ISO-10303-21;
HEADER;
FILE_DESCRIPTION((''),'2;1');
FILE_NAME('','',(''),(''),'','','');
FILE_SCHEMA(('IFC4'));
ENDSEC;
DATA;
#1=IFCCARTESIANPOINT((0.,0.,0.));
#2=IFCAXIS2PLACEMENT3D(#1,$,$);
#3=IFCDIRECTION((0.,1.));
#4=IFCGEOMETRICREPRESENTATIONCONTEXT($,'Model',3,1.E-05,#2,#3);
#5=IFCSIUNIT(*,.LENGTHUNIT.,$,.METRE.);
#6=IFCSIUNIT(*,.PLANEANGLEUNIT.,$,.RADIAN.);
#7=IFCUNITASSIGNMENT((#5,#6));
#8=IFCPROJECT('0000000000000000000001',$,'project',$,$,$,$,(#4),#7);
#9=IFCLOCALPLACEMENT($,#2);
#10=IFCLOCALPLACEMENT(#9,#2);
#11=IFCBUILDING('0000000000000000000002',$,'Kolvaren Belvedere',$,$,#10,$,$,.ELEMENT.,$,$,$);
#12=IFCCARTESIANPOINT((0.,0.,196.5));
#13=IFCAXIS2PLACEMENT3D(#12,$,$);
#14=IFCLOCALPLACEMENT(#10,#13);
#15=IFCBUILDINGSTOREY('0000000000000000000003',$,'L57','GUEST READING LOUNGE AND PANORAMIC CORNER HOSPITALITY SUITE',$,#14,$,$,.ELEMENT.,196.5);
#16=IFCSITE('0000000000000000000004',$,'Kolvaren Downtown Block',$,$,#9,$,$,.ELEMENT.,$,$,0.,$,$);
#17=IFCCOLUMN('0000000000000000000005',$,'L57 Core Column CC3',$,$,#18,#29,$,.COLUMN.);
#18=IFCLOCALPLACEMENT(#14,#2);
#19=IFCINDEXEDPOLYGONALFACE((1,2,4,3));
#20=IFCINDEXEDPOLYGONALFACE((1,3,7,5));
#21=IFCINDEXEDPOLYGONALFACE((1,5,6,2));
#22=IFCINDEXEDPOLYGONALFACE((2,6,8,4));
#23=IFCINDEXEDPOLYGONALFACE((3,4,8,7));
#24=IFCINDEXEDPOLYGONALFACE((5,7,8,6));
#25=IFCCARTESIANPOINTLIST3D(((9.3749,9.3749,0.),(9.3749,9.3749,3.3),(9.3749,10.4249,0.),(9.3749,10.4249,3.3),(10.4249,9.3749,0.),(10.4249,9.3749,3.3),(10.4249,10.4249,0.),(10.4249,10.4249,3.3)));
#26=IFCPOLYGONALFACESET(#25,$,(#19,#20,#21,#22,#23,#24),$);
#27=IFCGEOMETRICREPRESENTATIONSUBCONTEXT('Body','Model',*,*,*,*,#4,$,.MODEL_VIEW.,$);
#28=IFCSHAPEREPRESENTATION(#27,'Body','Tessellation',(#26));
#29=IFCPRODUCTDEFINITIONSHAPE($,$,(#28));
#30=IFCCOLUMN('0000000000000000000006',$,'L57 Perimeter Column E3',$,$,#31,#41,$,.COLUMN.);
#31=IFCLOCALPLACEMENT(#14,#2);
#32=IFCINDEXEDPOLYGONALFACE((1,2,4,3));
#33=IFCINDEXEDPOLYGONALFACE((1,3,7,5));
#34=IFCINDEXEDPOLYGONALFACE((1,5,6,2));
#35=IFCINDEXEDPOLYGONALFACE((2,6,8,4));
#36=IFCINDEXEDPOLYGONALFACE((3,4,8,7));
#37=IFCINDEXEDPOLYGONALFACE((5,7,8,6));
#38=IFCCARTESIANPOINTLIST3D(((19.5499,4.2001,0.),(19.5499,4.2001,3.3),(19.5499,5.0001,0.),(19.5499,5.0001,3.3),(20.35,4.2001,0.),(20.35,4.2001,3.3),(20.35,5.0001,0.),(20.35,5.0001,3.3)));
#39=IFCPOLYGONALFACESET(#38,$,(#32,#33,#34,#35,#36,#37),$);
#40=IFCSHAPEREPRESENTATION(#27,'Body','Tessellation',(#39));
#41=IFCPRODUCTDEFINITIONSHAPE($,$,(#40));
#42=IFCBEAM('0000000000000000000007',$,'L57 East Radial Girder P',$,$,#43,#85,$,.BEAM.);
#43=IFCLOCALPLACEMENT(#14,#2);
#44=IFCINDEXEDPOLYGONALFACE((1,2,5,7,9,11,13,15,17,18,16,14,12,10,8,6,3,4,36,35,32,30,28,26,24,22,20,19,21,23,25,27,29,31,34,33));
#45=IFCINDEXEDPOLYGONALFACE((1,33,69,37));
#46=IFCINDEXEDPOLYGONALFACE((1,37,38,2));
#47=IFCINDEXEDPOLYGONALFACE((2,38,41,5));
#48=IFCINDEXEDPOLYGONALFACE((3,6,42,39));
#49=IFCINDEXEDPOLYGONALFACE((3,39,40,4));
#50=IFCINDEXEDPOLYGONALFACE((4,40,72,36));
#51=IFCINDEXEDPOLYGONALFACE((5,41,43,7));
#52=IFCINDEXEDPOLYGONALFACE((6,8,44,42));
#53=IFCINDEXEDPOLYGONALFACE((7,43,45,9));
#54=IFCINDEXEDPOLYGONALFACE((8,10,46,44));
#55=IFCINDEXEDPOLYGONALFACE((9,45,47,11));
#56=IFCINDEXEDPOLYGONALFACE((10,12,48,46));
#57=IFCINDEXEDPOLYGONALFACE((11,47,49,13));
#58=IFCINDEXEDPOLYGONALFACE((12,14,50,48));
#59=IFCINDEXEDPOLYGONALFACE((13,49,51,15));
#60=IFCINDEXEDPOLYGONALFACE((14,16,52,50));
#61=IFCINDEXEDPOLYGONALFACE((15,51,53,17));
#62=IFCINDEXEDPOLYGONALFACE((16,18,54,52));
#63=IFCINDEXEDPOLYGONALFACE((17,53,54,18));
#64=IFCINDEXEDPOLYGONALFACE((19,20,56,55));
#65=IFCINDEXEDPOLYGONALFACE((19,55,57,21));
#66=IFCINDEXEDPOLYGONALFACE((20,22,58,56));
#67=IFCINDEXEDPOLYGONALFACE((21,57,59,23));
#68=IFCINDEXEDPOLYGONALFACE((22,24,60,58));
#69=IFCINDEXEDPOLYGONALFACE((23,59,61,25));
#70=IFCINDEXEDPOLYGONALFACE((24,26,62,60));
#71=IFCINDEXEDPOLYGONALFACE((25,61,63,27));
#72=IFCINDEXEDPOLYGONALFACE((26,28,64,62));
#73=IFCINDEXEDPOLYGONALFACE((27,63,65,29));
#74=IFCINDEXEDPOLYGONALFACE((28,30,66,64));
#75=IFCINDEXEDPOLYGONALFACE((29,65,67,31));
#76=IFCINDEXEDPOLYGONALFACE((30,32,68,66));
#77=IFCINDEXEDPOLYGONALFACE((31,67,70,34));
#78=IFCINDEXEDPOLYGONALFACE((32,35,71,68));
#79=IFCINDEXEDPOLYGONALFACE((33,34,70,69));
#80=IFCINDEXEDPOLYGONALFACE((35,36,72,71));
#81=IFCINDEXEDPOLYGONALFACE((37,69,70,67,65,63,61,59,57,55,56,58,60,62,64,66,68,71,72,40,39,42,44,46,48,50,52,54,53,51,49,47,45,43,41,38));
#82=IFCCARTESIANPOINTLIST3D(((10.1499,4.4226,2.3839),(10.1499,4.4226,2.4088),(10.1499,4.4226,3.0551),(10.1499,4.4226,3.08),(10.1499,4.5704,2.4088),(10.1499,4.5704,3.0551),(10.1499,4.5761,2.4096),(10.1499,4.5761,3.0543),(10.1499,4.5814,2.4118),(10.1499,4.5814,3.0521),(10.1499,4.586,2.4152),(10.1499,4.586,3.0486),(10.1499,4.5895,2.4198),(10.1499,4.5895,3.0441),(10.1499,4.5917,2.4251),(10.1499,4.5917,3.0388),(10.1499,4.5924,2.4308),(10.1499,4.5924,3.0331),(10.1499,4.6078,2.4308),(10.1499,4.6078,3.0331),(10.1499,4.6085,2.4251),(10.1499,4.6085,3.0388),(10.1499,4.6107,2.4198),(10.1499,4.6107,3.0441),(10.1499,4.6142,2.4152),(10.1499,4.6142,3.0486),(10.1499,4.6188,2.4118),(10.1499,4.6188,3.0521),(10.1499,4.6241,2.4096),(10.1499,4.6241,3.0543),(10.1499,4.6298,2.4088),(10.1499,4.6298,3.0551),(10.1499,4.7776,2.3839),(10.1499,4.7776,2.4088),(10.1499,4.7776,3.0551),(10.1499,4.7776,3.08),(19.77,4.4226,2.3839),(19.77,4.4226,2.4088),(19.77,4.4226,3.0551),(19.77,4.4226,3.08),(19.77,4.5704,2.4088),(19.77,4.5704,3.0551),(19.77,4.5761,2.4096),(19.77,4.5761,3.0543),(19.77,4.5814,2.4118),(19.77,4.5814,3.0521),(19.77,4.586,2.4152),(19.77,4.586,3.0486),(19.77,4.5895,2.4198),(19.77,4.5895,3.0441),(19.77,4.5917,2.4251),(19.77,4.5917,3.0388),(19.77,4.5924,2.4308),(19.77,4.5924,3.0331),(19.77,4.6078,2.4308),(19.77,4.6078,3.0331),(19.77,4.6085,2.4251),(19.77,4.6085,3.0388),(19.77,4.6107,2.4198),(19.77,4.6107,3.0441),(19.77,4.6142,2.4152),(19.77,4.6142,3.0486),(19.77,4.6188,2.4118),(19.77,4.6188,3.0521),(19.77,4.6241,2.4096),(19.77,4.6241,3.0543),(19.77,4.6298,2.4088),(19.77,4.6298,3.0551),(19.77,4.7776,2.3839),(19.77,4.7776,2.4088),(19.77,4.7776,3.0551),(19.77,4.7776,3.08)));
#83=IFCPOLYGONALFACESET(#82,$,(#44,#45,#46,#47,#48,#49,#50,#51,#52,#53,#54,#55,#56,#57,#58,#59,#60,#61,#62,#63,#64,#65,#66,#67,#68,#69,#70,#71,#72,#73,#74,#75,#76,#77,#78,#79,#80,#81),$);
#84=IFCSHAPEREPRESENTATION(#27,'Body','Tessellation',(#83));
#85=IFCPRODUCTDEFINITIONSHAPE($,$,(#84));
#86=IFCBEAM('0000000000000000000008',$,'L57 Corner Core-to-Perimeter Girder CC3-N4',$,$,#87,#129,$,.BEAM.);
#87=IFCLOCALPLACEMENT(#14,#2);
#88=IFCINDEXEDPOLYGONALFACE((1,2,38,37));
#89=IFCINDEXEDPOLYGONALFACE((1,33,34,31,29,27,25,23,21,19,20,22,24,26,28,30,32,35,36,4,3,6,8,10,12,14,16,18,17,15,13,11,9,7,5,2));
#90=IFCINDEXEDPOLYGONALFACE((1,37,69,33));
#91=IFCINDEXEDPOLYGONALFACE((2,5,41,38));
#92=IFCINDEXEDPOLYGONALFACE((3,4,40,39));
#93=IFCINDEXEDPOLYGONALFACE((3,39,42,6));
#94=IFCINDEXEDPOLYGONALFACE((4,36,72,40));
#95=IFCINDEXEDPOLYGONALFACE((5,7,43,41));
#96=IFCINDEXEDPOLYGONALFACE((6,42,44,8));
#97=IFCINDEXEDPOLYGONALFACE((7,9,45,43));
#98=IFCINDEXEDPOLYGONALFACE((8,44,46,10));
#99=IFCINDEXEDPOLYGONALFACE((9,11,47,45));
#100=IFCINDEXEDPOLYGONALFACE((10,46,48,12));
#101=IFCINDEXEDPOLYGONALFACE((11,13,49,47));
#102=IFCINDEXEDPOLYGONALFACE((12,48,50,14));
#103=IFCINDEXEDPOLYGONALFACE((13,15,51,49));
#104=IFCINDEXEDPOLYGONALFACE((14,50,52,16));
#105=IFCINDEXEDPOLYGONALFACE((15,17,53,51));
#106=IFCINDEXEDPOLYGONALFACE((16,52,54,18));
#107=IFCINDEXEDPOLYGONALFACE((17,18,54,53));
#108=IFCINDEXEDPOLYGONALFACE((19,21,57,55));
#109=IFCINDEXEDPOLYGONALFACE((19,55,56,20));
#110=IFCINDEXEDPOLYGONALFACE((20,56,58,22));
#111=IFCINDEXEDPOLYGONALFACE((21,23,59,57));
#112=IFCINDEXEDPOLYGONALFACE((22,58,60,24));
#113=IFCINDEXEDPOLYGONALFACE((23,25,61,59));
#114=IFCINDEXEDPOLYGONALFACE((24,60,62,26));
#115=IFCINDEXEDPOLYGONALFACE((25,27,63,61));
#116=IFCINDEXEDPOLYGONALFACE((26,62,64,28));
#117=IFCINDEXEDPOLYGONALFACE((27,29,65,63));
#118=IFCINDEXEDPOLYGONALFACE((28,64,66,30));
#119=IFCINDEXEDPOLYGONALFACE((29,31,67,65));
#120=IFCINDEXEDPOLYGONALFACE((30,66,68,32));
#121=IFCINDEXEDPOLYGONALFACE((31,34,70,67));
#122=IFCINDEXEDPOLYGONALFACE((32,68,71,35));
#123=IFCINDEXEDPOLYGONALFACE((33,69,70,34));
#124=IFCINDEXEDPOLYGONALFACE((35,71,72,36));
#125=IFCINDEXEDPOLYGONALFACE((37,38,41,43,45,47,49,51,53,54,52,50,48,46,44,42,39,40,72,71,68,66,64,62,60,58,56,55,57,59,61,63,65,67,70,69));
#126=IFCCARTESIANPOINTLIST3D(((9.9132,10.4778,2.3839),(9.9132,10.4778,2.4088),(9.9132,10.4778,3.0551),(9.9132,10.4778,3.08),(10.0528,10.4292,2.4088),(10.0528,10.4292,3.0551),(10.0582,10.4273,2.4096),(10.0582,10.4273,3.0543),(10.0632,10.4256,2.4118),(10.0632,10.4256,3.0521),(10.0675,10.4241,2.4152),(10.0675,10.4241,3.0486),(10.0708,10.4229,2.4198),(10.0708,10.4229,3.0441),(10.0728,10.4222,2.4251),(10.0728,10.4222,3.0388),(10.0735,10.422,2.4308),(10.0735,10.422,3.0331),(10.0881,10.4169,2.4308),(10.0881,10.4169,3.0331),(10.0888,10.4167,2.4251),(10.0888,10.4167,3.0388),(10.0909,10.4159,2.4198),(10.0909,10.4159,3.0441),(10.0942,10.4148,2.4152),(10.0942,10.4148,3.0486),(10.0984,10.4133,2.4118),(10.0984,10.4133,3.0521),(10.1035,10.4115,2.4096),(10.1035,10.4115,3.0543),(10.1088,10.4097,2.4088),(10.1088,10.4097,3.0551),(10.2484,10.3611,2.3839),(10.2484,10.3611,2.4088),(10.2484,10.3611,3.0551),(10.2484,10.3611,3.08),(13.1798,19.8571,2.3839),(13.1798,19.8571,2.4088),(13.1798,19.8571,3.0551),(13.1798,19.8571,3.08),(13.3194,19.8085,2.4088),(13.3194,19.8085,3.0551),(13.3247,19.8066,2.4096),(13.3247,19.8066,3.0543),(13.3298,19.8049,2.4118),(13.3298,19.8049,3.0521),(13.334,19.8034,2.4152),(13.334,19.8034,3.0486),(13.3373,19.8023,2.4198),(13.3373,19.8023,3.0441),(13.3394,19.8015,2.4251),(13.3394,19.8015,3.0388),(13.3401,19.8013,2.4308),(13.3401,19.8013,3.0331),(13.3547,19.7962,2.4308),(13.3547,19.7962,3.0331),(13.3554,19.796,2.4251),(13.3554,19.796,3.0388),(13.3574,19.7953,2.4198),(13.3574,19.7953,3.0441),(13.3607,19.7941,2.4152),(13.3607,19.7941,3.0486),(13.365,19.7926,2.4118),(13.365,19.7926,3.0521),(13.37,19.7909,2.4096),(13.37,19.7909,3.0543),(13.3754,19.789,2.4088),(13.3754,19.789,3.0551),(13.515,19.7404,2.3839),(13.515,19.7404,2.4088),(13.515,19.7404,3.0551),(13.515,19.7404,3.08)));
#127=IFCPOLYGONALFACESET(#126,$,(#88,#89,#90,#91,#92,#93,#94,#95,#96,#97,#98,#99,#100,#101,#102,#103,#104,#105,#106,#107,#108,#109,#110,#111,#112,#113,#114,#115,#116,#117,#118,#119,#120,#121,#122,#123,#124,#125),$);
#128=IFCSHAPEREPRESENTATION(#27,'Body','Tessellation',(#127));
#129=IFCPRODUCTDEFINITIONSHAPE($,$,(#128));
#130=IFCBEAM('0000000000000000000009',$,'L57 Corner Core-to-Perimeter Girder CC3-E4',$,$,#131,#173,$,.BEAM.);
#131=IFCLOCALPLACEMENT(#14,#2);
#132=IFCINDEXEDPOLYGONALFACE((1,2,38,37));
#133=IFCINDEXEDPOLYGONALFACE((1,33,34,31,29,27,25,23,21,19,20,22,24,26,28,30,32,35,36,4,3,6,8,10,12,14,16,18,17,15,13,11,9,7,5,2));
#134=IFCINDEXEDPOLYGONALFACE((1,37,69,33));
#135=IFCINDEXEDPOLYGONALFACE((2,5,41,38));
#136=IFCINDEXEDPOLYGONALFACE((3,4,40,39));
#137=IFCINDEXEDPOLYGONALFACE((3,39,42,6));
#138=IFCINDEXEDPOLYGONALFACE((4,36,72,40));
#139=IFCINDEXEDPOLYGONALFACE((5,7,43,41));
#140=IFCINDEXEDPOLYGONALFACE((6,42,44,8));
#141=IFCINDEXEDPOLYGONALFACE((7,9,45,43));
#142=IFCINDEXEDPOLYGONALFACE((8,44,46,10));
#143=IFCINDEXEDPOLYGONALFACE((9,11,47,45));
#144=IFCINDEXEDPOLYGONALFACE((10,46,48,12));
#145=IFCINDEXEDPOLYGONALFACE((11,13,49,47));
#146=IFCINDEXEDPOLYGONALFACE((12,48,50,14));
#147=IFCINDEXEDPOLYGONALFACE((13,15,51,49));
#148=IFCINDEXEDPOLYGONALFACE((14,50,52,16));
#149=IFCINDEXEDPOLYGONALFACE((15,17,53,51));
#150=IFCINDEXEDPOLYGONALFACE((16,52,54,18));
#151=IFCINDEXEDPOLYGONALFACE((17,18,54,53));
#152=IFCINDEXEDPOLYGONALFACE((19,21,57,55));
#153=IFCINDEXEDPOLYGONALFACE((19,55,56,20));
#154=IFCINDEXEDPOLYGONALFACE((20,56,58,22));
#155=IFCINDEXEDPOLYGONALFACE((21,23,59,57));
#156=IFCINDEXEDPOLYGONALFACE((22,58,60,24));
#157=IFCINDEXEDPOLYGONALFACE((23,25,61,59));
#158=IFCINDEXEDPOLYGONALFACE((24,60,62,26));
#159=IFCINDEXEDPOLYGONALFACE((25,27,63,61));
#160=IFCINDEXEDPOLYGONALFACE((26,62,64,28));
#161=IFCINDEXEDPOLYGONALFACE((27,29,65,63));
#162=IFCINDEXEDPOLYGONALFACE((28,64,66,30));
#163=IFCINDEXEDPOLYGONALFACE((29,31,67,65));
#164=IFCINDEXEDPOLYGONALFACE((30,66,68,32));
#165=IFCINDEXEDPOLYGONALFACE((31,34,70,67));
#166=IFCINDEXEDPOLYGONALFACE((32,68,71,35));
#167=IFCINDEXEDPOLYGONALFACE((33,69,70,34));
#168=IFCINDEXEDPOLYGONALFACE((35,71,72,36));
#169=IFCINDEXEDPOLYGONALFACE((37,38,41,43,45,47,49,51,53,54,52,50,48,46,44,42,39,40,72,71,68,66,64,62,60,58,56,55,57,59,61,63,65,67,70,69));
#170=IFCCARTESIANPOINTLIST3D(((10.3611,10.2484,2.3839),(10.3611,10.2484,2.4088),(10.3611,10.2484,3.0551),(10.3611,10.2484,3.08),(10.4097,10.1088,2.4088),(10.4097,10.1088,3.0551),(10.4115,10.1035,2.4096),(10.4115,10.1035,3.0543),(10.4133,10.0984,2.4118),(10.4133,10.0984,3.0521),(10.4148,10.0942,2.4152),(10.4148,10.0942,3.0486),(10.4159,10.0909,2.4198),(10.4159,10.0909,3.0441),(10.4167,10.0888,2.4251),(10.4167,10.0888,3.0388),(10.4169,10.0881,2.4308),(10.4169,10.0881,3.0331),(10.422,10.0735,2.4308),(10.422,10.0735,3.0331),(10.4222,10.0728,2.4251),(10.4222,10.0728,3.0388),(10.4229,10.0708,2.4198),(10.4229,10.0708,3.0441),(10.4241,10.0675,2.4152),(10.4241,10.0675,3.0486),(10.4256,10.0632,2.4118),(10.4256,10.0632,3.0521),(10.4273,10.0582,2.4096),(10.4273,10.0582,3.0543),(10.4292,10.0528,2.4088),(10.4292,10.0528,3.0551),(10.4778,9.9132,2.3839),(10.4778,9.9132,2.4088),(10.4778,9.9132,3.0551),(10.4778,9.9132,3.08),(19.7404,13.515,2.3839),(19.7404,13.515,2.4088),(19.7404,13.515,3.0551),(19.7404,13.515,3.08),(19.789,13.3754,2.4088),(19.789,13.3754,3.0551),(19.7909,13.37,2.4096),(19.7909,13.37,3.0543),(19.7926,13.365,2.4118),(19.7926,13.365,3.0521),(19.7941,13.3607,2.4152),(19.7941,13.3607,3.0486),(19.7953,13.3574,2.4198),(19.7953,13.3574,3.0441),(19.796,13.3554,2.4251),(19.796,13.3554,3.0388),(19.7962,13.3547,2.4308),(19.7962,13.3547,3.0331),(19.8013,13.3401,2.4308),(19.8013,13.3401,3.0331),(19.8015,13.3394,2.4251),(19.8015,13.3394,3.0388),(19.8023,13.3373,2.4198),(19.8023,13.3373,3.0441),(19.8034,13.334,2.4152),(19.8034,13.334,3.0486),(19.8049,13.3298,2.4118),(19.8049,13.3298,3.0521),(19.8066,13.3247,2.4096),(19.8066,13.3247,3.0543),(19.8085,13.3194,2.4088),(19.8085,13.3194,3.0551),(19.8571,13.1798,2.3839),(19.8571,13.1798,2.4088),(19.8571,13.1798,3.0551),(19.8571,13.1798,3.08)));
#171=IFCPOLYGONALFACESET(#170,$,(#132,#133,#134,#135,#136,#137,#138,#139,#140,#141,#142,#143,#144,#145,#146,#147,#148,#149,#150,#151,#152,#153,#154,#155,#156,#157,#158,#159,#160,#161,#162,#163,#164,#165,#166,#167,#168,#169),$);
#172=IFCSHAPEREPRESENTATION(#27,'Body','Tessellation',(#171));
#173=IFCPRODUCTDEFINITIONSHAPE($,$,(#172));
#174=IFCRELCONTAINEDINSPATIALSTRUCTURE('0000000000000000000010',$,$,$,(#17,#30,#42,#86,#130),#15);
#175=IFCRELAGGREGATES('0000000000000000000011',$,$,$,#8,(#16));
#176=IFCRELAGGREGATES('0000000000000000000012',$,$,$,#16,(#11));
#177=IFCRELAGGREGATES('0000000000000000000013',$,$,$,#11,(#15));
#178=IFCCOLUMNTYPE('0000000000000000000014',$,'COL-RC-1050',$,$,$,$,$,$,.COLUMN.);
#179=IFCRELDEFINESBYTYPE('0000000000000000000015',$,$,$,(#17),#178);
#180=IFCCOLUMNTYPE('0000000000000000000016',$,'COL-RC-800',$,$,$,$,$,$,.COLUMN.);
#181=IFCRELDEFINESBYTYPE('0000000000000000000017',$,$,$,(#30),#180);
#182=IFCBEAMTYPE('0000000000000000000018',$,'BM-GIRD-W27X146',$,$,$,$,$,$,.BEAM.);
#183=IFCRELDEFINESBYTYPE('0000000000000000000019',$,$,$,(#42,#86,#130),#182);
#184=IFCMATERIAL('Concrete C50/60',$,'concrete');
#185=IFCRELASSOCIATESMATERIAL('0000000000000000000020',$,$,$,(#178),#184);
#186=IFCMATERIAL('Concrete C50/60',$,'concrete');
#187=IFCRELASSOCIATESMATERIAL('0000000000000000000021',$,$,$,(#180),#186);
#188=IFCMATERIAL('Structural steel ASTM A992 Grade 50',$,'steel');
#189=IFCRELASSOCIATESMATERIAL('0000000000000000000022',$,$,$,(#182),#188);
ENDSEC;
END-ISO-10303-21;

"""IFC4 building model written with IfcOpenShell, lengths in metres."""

from ifc_helpers import new_model, si_unit, direction, frame, origin, origin_2d, place, context, subcontext, project, spatial, rectangle, i_section, extrude, material, material_profile, profile_set, type_object, element, save


model = new_model("IFC4")

# Units and contexts
model_context = context("Model", 3, precision=1e-05, world=origin(), true_north=direction((0.0, 1.0)))
body_context = subcontext(model_context, "Body", "Model", "MODEL_VIEW")
ifc_project = project(units=[si_unit("LENGTHUNIT", "METRE"), si_unit("PLANEANGLEUNIT", "RADIAN")], contexts=[model_context])

# Site, building, storey
site_placement = place(None, origin())
site = spatial("IfcSite", under=ifc_project, at=site_placement, Name="Kolvaren Downtown Block", CompositionType="ELEMENT", RefElevation=0.0)
building_placement = place(site_placement, origin())
building = spatial("IfcBuilding", under=site, at=building_placement, Name="Kolvaren Belvedere", CompositionType="ELEMENT")
storey_placement = place(building_placement, frame((0.0, 0.0, 196.5)))
storey = spatial("IfcBuildingStorey", under=building, at=storey_placement, Name="L57", Description="GUEST READING LOUNGE AND PANORAMIC CORNER HOSPITALITY SUITE", CompositionType="ELEMENT", Elevation=196.5)

# Columns
ifc_material_1 = material(Name="Concrete C50/60", Category="concrete")
ifc_material_profile_1 = material_profile(ifc_material_1, rectangle(XDim=1.05, YDim=1.05, at=origin_2d()), Name="RC 1050X1050")
ifc_profile_set_1 = profile_set([ifc_material_profile_1], Name="Concrete C50/60")
column_type_1 = type_object("IfcColumnType", Name="COL-RC-1050", PredefinedType="COLUMN", material=ifc_profile_set_1)
column_1_placement = place(storey_placement, frame((9.8999, 9.8999, 0.0), z_axis=(0.0, 0.0, 1.0), x_axis=(1.0, 0.0, 0.0)))
element("IfcColumn", 1, at=column_1_placement, inside=storey, type_object=column_type_1, Name="L57 Core Column CC3", PredefinedType="COLUMN", context=body_context, shape_type="SweptSolid", body=[
    extrude(rectangle(XDim=1.05, YDim=1.05, at=origin_2d()), origin(), (0.0, 0.0, 1.0), 3.3),
])
ifc_material_2 = material(Name="Concrete C50/60", Category="concrete")
ifc_material_profile_2 = material_profile(ifc_material_2, rectangle(XDim=0.8, YDim=0.8, at=origin_2d()), Name="RC 800X800")
ifc_profile_set_2 = profile_set([ifc_material_profile_2], Name="Concrete C50/60")
column_type_2 = type_object("IfcColumnType", Name="COL-RC-800", PredefinedType="COLUMN", material=ifc_profile_set_2)
column_2_placement = place(storey_placement, frame((19.95, 4.6001, 0.0), z_axis=(0.0, 0.0, 1.0), x_axis=(1.0, 0.0, 0.0)))
element("IfcColumn", 2, at=column_2_placement, inside=storey, type_object=column_type_2, Name="L57 Perimeter Column E3", PredefinedType="COLUMN", context=body_context, shape_type="SweptSolid", body=[
    extrude(rectangle(XDim=0.8, YDim=0.8, at=origin_2d()), origin(), (0.0, 0.0, 1.0), 3.3),
])

# Beams
ifc_material_3 = material(Name="Structural steel ASTM A992 Grade 50", Category="steel")
ifc_material_profile_3 = material_profile(ifc_material_3, i_section(OverallWidth=0.355, OverallDepth=0.696, WebThickness=0.0154, FlangeThickness=0.0249, FilletRadius=0.022, at=origin_2d()), Name="W27X146")
ifc_profile_set_3 = profile_set([ifc_material_profile_3], Name="Structural steel ASTM A992 Grade 50")
beam_type_1 = type_object("IfcBeamType", Name="BM-GIRD-W27X146", PredefinedType="BEAM", material=ifc_profile_set_3)
beam_1_placement = place(storey_placement, frame((10.1499, 4.6001, 2.7319), z_axis=(1.0, 0.0, 0.0), x_axis=(0.0, 1.0, 0.0)))
element("IfcBeam", 3, at=beam_1_placement, inside=storey, type_object=beam_type_1, Name="L57 East Radial Girder P", PredefinedType="BEAM", context=body_context, shape_type="SweptSolid", body=[
    extrude(i_section(OverallWidth=0.355, OverallDepth=0.696, WebThickness=0.0154, FlangeThickness=0.0249, FilletRadius=0.022, at=origin_2d()), origin(), (0.0, 0.0, 1.0), 9.6201),
])
for number, where, z_axis, x_axis, name in (
    (4, (10.0808, 10.4194, 2.7319), (0.328898, 0.944365, 0.0), (-0.944365, 0.328898, 0.0), "L57 Corner Core-to-Perimeter Girder CC3-N4"),
    (5, (10.4194, 10.0808, 2.7319), (0.944365, 0.328898, 0.0), (-0.328898, 0.944365, 0.0), "L57 Corner Core-to-Perimeter Girder CC3-E4"),
):
    element("IfcBeam", number, at=place(storey_placement, frame(where, z_axis=z_axis, x_axis=x_axis)), inside=storey, type_object=beam_type_1, Name=name, PredefinedType="BEAM", context=body_context, shape_type="SweptSolid", body=[
        extrude(i_section(OverallWidth=0.355, OverallDepth=0.696, WebThickness=0.0154, FlangeThickness=0.0249, FilletRadius=0.022, at=origin_2d()), origin(), (0.0, 0.0, 1.0), 9.9319),
    ])

save(model, "model.ifc")
